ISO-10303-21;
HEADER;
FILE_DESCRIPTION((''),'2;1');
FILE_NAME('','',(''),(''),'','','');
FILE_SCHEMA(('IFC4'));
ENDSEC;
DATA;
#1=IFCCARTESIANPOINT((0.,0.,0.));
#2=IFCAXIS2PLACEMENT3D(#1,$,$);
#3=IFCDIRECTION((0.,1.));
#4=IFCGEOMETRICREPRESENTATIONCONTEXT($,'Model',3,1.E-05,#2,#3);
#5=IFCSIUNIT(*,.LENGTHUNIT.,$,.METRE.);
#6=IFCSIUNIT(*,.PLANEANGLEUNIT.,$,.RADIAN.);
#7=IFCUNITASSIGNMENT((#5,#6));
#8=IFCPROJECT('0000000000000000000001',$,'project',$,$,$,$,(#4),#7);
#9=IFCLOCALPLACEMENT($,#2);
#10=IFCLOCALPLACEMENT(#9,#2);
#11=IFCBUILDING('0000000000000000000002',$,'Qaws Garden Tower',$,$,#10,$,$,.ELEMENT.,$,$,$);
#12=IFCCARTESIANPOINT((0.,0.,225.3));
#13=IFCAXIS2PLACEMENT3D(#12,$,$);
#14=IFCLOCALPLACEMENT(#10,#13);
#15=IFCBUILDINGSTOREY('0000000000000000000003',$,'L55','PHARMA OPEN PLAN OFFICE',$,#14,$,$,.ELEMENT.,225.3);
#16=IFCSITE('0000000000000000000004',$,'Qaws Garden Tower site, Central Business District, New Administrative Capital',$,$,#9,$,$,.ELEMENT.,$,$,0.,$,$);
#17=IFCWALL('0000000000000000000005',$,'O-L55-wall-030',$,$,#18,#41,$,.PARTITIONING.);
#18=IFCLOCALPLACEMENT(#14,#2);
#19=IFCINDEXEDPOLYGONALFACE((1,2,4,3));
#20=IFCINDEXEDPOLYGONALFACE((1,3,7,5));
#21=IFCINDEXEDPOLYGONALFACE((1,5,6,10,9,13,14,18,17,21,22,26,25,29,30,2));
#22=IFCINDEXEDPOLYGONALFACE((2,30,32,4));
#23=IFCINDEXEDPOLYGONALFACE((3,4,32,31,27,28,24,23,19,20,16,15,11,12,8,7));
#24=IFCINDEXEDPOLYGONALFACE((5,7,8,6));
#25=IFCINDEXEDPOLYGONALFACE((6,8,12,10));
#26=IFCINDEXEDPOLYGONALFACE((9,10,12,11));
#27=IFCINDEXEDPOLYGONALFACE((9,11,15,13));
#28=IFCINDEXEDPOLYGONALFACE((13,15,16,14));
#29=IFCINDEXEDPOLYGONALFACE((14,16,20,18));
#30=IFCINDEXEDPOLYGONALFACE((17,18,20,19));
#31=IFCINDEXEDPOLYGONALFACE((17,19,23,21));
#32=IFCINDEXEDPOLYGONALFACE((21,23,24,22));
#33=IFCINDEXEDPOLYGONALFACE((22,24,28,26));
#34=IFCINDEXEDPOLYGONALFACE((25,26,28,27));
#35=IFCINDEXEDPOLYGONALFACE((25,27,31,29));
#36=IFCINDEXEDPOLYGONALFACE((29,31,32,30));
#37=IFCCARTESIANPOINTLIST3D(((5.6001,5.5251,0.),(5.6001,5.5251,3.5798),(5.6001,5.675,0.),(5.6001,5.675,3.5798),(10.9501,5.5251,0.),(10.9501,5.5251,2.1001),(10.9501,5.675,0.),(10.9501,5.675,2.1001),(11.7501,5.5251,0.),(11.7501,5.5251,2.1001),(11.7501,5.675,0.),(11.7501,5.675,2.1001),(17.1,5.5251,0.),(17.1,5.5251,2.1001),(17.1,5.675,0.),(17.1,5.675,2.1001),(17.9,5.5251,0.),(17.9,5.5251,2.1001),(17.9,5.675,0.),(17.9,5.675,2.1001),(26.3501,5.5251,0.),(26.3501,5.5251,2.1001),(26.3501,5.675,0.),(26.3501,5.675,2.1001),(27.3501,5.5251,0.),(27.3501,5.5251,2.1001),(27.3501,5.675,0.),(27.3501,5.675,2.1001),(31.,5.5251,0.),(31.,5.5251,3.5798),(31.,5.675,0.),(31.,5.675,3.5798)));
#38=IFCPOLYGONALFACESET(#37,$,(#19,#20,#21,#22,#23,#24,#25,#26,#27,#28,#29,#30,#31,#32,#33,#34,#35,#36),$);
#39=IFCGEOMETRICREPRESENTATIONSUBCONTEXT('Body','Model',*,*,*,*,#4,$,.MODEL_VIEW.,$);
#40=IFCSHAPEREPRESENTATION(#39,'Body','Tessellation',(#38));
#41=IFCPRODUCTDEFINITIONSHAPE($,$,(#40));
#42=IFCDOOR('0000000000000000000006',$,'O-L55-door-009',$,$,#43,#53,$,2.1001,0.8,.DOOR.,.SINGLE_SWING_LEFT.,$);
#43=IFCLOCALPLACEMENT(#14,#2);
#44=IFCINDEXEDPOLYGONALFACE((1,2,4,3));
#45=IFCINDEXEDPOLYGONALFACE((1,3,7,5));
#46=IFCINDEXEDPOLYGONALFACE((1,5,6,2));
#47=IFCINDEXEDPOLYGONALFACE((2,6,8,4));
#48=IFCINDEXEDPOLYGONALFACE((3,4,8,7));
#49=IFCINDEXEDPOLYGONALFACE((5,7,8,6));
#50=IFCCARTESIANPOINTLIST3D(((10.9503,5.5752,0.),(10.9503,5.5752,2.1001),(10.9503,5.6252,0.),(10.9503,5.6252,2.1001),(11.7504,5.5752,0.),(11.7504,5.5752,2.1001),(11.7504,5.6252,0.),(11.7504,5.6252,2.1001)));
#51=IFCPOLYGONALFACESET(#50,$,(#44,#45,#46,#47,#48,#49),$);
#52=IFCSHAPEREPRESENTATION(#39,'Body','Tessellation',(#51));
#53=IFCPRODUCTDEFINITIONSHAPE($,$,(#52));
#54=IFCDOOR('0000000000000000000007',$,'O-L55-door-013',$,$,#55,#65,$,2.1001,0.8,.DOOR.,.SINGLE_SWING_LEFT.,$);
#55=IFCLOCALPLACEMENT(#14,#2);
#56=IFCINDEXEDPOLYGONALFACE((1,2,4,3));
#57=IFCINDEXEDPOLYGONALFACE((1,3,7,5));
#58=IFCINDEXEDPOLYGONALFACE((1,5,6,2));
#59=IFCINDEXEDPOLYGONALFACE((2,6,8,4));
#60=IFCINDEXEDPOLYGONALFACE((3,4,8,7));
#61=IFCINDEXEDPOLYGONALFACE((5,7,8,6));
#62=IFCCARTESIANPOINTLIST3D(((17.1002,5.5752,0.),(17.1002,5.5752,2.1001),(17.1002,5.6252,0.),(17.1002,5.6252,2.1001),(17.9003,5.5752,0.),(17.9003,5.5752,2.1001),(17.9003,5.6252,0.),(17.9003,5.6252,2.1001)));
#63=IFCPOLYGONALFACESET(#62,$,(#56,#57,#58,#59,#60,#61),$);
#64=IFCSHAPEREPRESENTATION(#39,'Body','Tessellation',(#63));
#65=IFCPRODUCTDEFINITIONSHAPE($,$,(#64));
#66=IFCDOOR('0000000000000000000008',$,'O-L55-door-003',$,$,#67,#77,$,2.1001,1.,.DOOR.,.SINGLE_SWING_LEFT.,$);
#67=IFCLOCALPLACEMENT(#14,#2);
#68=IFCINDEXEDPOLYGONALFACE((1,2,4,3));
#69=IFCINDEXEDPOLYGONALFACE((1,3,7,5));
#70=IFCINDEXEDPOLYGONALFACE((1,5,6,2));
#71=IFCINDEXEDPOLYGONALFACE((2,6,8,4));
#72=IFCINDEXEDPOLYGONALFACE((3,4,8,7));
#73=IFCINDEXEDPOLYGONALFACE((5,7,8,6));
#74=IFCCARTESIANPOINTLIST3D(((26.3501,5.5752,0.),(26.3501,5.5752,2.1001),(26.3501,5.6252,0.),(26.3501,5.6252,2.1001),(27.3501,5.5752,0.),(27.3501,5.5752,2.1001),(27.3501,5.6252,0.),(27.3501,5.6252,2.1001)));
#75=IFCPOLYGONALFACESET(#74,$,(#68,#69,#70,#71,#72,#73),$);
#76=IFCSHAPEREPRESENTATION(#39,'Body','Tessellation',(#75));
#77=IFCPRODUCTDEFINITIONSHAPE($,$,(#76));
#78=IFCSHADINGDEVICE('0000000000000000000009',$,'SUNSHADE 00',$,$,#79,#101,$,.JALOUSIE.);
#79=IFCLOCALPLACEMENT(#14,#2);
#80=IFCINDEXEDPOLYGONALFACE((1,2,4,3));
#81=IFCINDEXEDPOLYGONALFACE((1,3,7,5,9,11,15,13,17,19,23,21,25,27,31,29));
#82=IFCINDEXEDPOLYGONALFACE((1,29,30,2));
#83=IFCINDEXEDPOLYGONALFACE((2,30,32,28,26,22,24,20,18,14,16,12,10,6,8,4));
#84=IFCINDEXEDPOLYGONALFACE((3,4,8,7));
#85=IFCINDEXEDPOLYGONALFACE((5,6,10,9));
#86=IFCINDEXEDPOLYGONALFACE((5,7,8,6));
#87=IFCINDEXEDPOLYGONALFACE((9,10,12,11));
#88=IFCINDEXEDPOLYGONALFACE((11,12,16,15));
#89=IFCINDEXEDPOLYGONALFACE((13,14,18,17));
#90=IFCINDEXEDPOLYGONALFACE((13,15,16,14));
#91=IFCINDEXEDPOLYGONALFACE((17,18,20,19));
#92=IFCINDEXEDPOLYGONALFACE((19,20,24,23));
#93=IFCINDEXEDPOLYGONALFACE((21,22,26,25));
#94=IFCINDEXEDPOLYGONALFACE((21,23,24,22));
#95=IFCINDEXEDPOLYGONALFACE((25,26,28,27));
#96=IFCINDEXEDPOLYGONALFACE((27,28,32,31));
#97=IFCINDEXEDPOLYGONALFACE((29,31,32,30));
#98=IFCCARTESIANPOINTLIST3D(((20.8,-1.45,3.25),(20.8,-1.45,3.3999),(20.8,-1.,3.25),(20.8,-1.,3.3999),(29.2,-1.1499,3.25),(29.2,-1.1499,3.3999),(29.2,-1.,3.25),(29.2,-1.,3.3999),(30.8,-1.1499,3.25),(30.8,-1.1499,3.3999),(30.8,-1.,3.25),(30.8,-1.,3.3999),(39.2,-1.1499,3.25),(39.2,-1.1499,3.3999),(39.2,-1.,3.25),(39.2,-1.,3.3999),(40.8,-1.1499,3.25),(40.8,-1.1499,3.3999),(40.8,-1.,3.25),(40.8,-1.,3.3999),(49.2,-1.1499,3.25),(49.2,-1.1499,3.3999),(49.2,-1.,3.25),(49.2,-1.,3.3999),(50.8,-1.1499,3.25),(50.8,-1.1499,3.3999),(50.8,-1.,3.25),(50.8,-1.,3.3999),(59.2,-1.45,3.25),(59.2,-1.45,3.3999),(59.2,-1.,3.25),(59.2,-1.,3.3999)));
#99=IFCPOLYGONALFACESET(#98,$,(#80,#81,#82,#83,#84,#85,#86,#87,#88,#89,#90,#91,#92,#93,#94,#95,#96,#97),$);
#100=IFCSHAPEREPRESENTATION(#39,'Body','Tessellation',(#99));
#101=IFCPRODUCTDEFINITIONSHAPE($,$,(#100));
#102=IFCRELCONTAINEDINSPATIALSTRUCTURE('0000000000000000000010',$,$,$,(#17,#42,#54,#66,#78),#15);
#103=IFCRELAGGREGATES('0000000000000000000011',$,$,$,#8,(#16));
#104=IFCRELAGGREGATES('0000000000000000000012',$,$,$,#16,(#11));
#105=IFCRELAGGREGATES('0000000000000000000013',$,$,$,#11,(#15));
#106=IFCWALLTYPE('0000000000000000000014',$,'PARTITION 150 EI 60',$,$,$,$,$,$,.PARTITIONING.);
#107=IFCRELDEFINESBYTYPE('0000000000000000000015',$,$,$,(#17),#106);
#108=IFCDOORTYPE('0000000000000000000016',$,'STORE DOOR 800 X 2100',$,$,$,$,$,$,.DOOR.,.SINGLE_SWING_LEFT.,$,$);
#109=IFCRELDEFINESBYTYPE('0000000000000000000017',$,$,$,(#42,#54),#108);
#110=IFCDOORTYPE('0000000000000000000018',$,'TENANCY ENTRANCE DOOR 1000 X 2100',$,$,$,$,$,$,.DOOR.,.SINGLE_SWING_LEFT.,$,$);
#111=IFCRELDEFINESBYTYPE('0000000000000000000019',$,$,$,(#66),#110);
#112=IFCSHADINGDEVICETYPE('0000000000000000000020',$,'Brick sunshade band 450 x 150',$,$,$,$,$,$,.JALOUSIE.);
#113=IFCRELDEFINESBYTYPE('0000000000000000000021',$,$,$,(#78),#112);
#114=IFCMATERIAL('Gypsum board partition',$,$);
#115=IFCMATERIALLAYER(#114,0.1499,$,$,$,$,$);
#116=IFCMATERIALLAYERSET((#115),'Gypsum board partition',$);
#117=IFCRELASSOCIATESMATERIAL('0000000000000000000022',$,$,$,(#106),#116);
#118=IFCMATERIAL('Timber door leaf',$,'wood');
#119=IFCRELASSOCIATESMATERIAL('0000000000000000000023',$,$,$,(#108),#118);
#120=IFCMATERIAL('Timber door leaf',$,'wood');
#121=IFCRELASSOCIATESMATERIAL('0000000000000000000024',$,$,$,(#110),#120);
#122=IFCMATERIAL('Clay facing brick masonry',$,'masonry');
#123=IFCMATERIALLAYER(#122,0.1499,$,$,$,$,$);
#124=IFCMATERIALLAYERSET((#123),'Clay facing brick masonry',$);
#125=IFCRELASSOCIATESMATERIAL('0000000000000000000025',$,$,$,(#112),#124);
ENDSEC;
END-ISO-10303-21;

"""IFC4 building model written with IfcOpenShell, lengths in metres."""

from ifc_helpers import new_model, si_unit, direction, frame, frame_2d, origin, place, context, subcontext, project, spatial, polyline, rectangle, outline, extrude, material, layer, layer_set, type_object, element, fill, save


model = new_model("IFC4")

# Units and contexts
model_context = context("Model", 3, precision=1e-05, world=origin(), true_north=direction((0.0, 1.0)))
body_context = subcontext(model_context, "Body", "Model", "MODEL_VIEW")
ifc_project = project(units=[si_unit("LENGTHUNIT", "METRE"), si_unit("PLANEANGLEUNIT", "RADIAN")], contexts=[model_context])

# Site, building, storey
site_placement = place(None, origin())
site = spatial("IfcSite", under=ifc_project, at=site_placement, Name="Qaws Garden Tower site, Central Business District, New Administrative Capital", CompositionType="ELEMENT", RefElevation=0.0)
building_placement = place(site_placement, origin())
building = spatial("IfcBuilding", under=site, at=building_placement, Name="Qaws Garden Tower", CompositionType="ELEMENT")
storey_placement = place(building_placement, frame((0.0, 0.0, 225.3)))
storey = spatial("IfcBuildingStorey", under=building, at=storey_placement, Name="L55", Description="PHARMA OPEN PLAN OFFICE", CompositionType="ELEMENT", Elevation=225.3)

# Wall, openings, doors
ifc_material_1 = material(Name="Gypsum board partition")
ifc_layer_1 = layer(ifc_material_1, 0.1499)
ifc_layer_set_1 = layer_set([ifc_layer_1], Name="Gypsum board partition")
wall_type_1 = type_object("IfcWallType", Name="PARTITION 150 EI 60", PredefinedType="PARTITIONING", material=ifc_layer_set_1)
ifc_material_2 = material(Name="Timber door leaf", Category="wood")
door_type_1 = type_object("IfcDoorType", Name="STORE DOOR 800 X 2100", OperationType="SINGLE_SWING_LEFT", PredefinedType="DOOR", material=ifc_material_2)
wall_1_placement = place(storey_placement, frame((5.6001, 5.6001, 0.0), z_axis=(0.0, 0.0, 1.0), x_axis=(1.0, 0.0, 0.0)))
wall_1 = element("IfcWall", 1, at=wall_1_placement, inside=storey, type_object=wall_type_1, Name="O-L55-wall-030", PredefinedType="PARTITIONING", context=body_context, shape_type="SweptSolid", body=[
    extrude(rectangle(XDim=25.3999, YDim=0.1499, at=frame_2d((12.7, 0.0))), origin(), (0.0, 0.0, 1.0), 3.5798),
])
opening_1_placement = place(wall_1_placement, frame((20.75, 0.0, 0.0)))
opening_1 = element("IfcOpeningElement", 2, at=opening_1_placement, cuts=wall_1, PredefinedType="OPENING", context=body_context, shape_type="SweptSolid", body=[
    extrude(rectangle(XDim=1.0, YDim=2.1001, at=frame_2d((0.5, 1.05))), frame((0.0, 0.085, 0.0), z_axis=(0.0, -1.0, 0.0), x_axis=(1.0, 0.0, 0.0)), (0.0, 0.0, 1.0), 0.1699),
])
opening_2_placement = place(wall_1_placement, frame((5.3501, 0.0, 0.0)))
opening_2 = element("IfcOpeningElement", 3, at=opening_2_placement, cuts=wall_1, PredefinedType="OPENING", context=body_context, shape_type="SweptSolid", body=[
    extrude(rectangle(XDim=0.8, YDim=2.1001, at=frame_2d((0.3999, 1.05))), frame((0.0, 0.085, 0.0), z_axis=(0.0, -1.0, 0.0), x_axis=(1.0, 0.0, 0.0)), (0.0, 0.0, 1.0), 0.1699),
])
opening_3_placement = place(wall_1_placement, frame((11.5, 0.0, 0.0)))
opening_3 = element("IfcOpeningElement", 4, at=opening_3_placement, cuts=wall_1, PredefinedType="OPENING", context=body_context, shape_type="SweptSolid", body=[
    extrude(rectangle(XDim=0.8, YDim=2.1001, at=frame_2d((0.3999, 1.05))), frame((0.0, 0.085, 0.0), z_axis=(0.0, -1.0, 0.0), x_axis=(1.0, 0.0, 0.0)), (0.0, 0.0, 1.0), 0.1699),
])
door_1_placement = place(opening_2_placement, frame((0.8, 0.0, 0.0), z_axis=(0.0, 0.0, 1.0), x_axis=(-1.0, 0.0, 0.0)))
door_1 = element("IfcDoor", 5, at=door_1_placement, inside=storey, type_object=door_type_1, Name="O-L55-door-009", OperationType="SINGLE_SWING_LEFT", OverallHeight=2.1001, OverallWidth=0.8, PredefinedType="DOOR", context=body_context, shape_type="SweptSolid", body=[
    extrude(rectangle(XDim=0.8, YDim=2.1001, at=frame_2d((0.3999, 1.05))), frame((0.0, 0.0249, 0.0), z_axis=(0.0, -1.0, 0.0), x_axis=(1.0, 0.0, 0.0)), (0.0, 0.0, 1.0), 0.05),
])
fill(opening_2, door_1)
door_2_placement = place(opening_3_placement, frame((0.8, 0.0, 0.0), z_axis=(0.0, 0.0, 1.0), x_axis=(-1.0, 0.0, 0.0)))
door_2 = element("IfcDoor", 6, at=door_2_placement, inside=storey, type_object=door_type_1, Name="O-L55-door-013", OperationType="SINGLE_SWING_LEFT", OverallHeight=2.1001, OverallWidth=0.8, PredefinedType="DOOR", context=body_context, shape_type="SweptSolid", body=[
    extrude(rectangle(XDim=0.8, YDim=2.1001, at=frame_2d((0.3999, 1.05))), frame((0.0, 0.0249, 0.0), z_axis=(0.0, -1.0, 0.0), x_axis=(1.0, 0.0, 0.0)), (0.0, 0.0, 1.0), 0.05),
])
fill(opening_3, door_2)
ifc_material_3 = material(Name="Timber door leaf", Category="wood")
door_type_2 = type_object("IfcDoorType", Name="TENANCY ENTRANCE DOOR 1000 X 2100", OperationType="SINGLE_SWING_LEFT", PredefinedType="DOOR", material=ifc_material_3)
door_3_placement = place(opening_1_placement, frame((1.0, 0.0, 0.0), z_axis=(0.0, 0.0, 1.0), x_axis=(-1.0, 0.0, 0.0)))
door_3 = element("IfcDoor", 7, at=door_3_placement, inside=storey, type_object=door_type_2, Name="O-L55-door-003", OperationType="SINGLE_SWING_LEFT", OverallHeight=2.1001, OverallWidth=1.0, PredefinedType="DOOR", context=body_context, shape_type="SweptSolid", body=[
    extrude(rectangle(XDim=1.0, YDim=2.1001, at=frame_2d((0.5, 1.05))), frame((0.0, 0.0249, 0.0), z_axis=(0.0, -1.0, 0.0), x_axis=(1.0, 0.0, 0.0)), (0.0, 0.0, 1.0), 0.05),
])
fill(opening_1, door_3)

# Shading device
ifc_material_4 = material(Name="Clay facing brick masonry", Category="masonry")
ifc_layer_2 = layer(ifc_material_4, 0.1499)
ifc_layer_set_2 = layer_set([ifc_layer_2], Name="Clay facing brick masonry")
shading_device_type = type_object("IfcShadingDeviceType", Name="Brick sunshade band 450 x 150", PredefinedType="JALOUSIE", material=ifc_layer_set_2)
shading_device_placement = place(storey_placement, frame((0.0, 0.0, 3.25)))
element("IfcShadingDevice", 8, at=shading_device_placement, inside=storey, type_object=shading_device_type, Name="SUNSHADE 00", PredefinedType="JALOUSIE", context=body_context, shape_type="SweptSolid", body=[
    extrude(outline(polyline([(20.8, -1.0), (20.8, -1.45), (59.2, -1.45), (59.2, -1.0), (50.8, -1.0), (50.8, -1.1499), (49.2, -1.1499), (49.2, -1.0), (40.8, -1.0), (40.8, -1.1499), (39.2, -1.1499), (39.2, -1.0), (30.8, -1.0), (30.8, -1.1499), (29.2, -1.1499), (29.2, -1.0), (20.8, -1.0)])), origin(), (0.0, 0.0, 1.0), 0.1499),
])

save(model, "model.ifc")
